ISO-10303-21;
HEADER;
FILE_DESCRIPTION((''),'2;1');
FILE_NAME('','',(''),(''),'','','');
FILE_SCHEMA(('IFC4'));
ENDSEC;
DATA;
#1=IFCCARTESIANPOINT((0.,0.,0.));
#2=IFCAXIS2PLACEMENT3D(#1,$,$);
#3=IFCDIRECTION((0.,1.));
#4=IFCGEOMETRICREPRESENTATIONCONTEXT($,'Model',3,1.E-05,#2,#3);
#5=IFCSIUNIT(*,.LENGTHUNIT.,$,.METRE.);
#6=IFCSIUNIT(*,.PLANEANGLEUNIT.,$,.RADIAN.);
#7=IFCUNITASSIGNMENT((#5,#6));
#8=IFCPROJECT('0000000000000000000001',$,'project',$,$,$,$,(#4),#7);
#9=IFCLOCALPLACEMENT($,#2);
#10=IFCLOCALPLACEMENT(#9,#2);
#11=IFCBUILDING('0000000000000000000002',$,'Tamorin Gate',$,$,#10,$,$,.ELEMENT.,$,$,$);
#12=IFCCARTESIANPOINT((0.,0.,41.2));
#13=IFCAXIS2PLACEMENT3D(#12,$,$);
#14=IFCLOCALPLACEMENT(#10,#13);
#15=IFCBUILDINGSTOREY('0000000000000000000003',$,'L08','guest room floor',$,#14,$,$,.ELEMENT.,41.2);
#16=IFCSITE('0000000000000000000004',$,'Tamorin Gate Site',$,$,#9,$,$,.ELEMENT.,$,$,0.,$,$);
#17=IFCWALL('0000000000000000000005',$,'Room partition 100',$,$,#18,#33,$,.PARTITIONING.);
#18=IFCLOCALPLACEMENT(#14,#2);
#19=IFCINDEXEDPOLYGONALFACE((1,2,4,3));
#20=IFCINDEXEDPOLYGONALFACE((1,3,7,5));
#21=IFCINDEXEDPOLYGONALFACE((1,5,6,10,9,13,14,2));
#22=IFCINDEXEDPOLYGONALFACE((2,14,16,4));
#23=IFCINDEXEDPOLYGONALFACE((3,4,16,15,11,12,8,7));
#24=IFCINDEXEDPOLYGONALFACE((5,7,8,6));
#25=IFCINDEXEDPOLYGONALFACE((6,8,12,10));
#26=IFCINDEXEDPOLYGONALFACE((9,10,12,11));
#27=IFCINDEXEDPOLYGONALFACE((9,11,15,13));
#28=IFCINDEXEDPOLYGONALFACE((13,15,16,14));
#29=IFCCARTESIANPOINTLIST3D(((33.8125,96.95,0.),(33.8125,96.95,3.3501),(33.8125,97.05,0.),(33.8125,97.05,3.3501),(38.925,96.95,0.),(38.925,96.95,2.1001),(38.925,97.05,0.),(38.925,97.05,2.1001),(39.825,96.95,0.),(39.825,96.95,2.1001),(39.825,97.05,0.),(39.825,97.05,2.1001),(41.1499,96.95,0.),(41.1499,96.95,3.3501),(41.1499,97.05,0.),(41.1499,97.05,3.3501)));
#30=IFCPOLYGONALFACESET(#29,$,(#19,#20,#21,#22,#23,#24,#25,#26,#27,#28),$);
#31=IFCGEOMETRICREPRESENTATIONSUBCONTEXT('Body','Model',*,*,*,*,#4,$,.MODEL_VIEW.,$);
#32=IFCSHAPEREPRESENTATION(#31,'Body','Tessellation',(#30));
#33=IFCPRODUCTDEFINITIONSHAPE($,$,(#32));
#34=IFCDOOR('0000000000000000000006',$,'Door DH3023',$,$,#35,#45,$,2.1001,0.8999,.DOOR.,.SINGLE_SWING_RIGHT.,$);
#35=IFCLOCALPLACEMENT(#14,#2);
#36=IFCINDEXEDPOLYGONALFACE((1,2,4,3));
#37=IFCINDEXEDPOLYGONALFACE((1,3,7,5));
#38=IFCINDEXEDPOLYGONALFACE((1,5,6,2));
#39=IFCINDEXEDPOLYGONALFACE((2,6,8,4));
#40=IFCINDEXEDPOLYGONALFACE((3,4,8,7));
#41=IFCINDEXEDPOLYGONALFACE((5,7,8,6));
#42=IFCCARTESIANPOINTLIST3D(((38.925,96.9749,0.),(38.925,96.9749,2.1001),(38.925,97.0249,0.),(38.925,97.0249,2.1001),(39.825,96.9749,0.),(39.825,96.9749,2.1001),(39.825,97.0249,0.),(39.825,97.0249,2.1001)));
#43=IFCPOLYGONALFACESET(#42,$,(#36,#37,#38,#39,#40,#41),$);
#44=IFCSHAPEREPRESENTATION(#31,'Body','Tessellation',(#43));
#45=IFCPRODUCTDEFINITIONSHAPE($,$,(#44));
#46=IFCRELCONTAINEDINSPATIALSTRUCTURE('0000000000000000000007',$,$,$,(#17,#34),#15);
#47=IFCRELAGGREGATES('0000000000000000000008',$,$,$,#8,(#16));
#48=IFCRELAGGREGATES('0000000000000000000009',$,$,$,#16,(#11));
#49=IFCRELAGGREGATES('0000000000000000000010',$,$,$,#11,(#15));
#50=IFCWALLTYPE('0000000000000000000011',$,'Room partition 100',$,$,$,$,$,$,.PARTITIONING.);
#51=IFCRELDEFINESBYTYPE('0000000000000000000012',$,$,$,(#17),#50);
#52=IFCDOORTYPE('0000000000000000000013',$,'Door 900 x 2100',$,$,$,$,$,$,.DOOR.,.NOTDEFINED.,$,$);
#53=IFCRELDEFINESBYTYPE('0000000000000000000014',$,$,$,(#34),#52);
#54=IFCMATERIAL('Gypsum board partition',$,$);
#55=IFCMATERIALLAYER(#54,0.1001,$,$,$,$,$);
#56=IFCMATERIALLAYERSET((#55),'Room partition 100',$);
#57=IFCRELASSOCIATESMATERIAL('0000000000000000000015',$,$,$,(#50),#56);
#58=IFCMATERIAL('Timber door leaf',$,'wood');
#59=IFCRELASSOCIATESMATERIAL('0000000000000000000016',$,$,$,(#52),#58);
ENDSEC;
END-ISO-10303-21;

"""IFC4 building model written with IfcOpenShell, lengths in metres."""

from ifc_helpers import new_model, si_unit, direction, frame, frame_2d, origin, place, context, subcontext, project, spatial, rectangle, extrude, material, layer, layer_set, type_object, element, fill, save


model = new_model("IFC4")

# Units and contexts
model_context = context("Model", 3, precision=1e-05, world=origin(), true_north=direction((0.0, 1.0)))
body_context = subcontext(model_context, "Body", "Model", "MODEL_VIEW")
ifc_project = project(units=[si_unit("LENGTHUNIT", "METRE"), si_unit("PLANEANGLEUNIT", "RADIAN")], contexts=[model_context])

# Site, building, storey
site_placement = place(None, origin())
site = spatial("IfcSite", under=ifc_project, at=site_placement, Name="Tamorin Gate Site", CompositionType="ELEMENT", RefElevation=0.0)
building_placement = place(site_placement, origin())
building = spatial("IfcBuilding", under=site, at=building_placement, Name="Tamorin Gate", CompositionType="ELEMENT")
storey_placement = place(building_placement, frame((0.0, 0.0, 41.2)))
storey = spatial("IfcBuildingStorey", under=building, at=storey_placement, Name="L08", Description="guest room floor", CompositionType="ELEMENT", Elevation=41.2)

# Wall, opening, door
ifc_material_1 = material(Name="Gypsum board partition")
ifc_layer_1 = layer(ifc_material_1, 0.1001)
ifc_layer_set_1 = layer_set([ifc_layer_1], Name="Room partition 100")
wall_type_1 = type_object("IfcWallType", Name="Room partition 100", PredefinedType="PARTITIONING", material=ifc_layer_set_1)
wall_1_placement = place(storey_placement, frame((33.8125, 97.0, 0.0), z_axis=(0.0, 0.0, 1.0), x_axis=(1.0, 0.0, 0.0)))
wall_1 = element("IfcWall", 1, at=wall_1_placement, inside=storey, type_object=wall_type_1, Name="Room partition 100", PredefinedType="PARTITIONING", context=body_context, shape_type="SweptSolid", body=[
    extrude(rectangle(XDim=7.3374, YDim=0.1001, at=frame_2d((3.6687, 0.0))), origin(), (0.0, 0.0, 1.0), 3.3501),
])
opening_1_placement = place(wall_1_placement, frame((5.1125, 0.0, 0.0)))
opening_1 = element("IfcOpeningElement", 2, at=opening_1_placement, cuts=wall_1, PredefinedType="OPENING", context=body_context, shape_type="SweptSolid", body=[
    extrude(rectangle(XDim=0.8999, YDim=2.1001, at=frame_2d((0.45, 1.05))), frame((0.0, 0.0601, 0.0), z_axis=(0.0, -1.0, 0.0), x_axis=(1.0, 0.0, 0.0)), (0.0, 0.0, 1.0), 0.1201),
])
ifc_material_2 = material(Name="Timber door leaf", Category="wood")
door_type = type_object("IfcDoorType", Name="Door 900 x 2100", OperationType="NOTDEFINED", PredefinedType="DOOR", material=ifc_material_2)
door_placement = place(opening_1_placement, origin())
door = element("IfcDoor", 3, at=door_placement, inside=storey, type_object=door_type, Name="Door DH3023", OperationType="SINGLE_SWING_RIGHT", OverallHeight=2.1001, OverallWidth=0.8999, PredefinedType="DOOR", context=body_context, shape_type="SweptSolid", body=[
    extrude(rectangle(XDim=0.8999, YDim=2.1001, at=frame_2d((0.45, 1.05))), frame((0.0, 0.0249, 0.0), z_axis=(0.0, -1.0, 0.0), x_axis=(1.0, 0.0, 0.0)), (0.0, 0.0, 1.0), 0.05),
])
fill(opening_1, door)

save(model, "model.ifc")
